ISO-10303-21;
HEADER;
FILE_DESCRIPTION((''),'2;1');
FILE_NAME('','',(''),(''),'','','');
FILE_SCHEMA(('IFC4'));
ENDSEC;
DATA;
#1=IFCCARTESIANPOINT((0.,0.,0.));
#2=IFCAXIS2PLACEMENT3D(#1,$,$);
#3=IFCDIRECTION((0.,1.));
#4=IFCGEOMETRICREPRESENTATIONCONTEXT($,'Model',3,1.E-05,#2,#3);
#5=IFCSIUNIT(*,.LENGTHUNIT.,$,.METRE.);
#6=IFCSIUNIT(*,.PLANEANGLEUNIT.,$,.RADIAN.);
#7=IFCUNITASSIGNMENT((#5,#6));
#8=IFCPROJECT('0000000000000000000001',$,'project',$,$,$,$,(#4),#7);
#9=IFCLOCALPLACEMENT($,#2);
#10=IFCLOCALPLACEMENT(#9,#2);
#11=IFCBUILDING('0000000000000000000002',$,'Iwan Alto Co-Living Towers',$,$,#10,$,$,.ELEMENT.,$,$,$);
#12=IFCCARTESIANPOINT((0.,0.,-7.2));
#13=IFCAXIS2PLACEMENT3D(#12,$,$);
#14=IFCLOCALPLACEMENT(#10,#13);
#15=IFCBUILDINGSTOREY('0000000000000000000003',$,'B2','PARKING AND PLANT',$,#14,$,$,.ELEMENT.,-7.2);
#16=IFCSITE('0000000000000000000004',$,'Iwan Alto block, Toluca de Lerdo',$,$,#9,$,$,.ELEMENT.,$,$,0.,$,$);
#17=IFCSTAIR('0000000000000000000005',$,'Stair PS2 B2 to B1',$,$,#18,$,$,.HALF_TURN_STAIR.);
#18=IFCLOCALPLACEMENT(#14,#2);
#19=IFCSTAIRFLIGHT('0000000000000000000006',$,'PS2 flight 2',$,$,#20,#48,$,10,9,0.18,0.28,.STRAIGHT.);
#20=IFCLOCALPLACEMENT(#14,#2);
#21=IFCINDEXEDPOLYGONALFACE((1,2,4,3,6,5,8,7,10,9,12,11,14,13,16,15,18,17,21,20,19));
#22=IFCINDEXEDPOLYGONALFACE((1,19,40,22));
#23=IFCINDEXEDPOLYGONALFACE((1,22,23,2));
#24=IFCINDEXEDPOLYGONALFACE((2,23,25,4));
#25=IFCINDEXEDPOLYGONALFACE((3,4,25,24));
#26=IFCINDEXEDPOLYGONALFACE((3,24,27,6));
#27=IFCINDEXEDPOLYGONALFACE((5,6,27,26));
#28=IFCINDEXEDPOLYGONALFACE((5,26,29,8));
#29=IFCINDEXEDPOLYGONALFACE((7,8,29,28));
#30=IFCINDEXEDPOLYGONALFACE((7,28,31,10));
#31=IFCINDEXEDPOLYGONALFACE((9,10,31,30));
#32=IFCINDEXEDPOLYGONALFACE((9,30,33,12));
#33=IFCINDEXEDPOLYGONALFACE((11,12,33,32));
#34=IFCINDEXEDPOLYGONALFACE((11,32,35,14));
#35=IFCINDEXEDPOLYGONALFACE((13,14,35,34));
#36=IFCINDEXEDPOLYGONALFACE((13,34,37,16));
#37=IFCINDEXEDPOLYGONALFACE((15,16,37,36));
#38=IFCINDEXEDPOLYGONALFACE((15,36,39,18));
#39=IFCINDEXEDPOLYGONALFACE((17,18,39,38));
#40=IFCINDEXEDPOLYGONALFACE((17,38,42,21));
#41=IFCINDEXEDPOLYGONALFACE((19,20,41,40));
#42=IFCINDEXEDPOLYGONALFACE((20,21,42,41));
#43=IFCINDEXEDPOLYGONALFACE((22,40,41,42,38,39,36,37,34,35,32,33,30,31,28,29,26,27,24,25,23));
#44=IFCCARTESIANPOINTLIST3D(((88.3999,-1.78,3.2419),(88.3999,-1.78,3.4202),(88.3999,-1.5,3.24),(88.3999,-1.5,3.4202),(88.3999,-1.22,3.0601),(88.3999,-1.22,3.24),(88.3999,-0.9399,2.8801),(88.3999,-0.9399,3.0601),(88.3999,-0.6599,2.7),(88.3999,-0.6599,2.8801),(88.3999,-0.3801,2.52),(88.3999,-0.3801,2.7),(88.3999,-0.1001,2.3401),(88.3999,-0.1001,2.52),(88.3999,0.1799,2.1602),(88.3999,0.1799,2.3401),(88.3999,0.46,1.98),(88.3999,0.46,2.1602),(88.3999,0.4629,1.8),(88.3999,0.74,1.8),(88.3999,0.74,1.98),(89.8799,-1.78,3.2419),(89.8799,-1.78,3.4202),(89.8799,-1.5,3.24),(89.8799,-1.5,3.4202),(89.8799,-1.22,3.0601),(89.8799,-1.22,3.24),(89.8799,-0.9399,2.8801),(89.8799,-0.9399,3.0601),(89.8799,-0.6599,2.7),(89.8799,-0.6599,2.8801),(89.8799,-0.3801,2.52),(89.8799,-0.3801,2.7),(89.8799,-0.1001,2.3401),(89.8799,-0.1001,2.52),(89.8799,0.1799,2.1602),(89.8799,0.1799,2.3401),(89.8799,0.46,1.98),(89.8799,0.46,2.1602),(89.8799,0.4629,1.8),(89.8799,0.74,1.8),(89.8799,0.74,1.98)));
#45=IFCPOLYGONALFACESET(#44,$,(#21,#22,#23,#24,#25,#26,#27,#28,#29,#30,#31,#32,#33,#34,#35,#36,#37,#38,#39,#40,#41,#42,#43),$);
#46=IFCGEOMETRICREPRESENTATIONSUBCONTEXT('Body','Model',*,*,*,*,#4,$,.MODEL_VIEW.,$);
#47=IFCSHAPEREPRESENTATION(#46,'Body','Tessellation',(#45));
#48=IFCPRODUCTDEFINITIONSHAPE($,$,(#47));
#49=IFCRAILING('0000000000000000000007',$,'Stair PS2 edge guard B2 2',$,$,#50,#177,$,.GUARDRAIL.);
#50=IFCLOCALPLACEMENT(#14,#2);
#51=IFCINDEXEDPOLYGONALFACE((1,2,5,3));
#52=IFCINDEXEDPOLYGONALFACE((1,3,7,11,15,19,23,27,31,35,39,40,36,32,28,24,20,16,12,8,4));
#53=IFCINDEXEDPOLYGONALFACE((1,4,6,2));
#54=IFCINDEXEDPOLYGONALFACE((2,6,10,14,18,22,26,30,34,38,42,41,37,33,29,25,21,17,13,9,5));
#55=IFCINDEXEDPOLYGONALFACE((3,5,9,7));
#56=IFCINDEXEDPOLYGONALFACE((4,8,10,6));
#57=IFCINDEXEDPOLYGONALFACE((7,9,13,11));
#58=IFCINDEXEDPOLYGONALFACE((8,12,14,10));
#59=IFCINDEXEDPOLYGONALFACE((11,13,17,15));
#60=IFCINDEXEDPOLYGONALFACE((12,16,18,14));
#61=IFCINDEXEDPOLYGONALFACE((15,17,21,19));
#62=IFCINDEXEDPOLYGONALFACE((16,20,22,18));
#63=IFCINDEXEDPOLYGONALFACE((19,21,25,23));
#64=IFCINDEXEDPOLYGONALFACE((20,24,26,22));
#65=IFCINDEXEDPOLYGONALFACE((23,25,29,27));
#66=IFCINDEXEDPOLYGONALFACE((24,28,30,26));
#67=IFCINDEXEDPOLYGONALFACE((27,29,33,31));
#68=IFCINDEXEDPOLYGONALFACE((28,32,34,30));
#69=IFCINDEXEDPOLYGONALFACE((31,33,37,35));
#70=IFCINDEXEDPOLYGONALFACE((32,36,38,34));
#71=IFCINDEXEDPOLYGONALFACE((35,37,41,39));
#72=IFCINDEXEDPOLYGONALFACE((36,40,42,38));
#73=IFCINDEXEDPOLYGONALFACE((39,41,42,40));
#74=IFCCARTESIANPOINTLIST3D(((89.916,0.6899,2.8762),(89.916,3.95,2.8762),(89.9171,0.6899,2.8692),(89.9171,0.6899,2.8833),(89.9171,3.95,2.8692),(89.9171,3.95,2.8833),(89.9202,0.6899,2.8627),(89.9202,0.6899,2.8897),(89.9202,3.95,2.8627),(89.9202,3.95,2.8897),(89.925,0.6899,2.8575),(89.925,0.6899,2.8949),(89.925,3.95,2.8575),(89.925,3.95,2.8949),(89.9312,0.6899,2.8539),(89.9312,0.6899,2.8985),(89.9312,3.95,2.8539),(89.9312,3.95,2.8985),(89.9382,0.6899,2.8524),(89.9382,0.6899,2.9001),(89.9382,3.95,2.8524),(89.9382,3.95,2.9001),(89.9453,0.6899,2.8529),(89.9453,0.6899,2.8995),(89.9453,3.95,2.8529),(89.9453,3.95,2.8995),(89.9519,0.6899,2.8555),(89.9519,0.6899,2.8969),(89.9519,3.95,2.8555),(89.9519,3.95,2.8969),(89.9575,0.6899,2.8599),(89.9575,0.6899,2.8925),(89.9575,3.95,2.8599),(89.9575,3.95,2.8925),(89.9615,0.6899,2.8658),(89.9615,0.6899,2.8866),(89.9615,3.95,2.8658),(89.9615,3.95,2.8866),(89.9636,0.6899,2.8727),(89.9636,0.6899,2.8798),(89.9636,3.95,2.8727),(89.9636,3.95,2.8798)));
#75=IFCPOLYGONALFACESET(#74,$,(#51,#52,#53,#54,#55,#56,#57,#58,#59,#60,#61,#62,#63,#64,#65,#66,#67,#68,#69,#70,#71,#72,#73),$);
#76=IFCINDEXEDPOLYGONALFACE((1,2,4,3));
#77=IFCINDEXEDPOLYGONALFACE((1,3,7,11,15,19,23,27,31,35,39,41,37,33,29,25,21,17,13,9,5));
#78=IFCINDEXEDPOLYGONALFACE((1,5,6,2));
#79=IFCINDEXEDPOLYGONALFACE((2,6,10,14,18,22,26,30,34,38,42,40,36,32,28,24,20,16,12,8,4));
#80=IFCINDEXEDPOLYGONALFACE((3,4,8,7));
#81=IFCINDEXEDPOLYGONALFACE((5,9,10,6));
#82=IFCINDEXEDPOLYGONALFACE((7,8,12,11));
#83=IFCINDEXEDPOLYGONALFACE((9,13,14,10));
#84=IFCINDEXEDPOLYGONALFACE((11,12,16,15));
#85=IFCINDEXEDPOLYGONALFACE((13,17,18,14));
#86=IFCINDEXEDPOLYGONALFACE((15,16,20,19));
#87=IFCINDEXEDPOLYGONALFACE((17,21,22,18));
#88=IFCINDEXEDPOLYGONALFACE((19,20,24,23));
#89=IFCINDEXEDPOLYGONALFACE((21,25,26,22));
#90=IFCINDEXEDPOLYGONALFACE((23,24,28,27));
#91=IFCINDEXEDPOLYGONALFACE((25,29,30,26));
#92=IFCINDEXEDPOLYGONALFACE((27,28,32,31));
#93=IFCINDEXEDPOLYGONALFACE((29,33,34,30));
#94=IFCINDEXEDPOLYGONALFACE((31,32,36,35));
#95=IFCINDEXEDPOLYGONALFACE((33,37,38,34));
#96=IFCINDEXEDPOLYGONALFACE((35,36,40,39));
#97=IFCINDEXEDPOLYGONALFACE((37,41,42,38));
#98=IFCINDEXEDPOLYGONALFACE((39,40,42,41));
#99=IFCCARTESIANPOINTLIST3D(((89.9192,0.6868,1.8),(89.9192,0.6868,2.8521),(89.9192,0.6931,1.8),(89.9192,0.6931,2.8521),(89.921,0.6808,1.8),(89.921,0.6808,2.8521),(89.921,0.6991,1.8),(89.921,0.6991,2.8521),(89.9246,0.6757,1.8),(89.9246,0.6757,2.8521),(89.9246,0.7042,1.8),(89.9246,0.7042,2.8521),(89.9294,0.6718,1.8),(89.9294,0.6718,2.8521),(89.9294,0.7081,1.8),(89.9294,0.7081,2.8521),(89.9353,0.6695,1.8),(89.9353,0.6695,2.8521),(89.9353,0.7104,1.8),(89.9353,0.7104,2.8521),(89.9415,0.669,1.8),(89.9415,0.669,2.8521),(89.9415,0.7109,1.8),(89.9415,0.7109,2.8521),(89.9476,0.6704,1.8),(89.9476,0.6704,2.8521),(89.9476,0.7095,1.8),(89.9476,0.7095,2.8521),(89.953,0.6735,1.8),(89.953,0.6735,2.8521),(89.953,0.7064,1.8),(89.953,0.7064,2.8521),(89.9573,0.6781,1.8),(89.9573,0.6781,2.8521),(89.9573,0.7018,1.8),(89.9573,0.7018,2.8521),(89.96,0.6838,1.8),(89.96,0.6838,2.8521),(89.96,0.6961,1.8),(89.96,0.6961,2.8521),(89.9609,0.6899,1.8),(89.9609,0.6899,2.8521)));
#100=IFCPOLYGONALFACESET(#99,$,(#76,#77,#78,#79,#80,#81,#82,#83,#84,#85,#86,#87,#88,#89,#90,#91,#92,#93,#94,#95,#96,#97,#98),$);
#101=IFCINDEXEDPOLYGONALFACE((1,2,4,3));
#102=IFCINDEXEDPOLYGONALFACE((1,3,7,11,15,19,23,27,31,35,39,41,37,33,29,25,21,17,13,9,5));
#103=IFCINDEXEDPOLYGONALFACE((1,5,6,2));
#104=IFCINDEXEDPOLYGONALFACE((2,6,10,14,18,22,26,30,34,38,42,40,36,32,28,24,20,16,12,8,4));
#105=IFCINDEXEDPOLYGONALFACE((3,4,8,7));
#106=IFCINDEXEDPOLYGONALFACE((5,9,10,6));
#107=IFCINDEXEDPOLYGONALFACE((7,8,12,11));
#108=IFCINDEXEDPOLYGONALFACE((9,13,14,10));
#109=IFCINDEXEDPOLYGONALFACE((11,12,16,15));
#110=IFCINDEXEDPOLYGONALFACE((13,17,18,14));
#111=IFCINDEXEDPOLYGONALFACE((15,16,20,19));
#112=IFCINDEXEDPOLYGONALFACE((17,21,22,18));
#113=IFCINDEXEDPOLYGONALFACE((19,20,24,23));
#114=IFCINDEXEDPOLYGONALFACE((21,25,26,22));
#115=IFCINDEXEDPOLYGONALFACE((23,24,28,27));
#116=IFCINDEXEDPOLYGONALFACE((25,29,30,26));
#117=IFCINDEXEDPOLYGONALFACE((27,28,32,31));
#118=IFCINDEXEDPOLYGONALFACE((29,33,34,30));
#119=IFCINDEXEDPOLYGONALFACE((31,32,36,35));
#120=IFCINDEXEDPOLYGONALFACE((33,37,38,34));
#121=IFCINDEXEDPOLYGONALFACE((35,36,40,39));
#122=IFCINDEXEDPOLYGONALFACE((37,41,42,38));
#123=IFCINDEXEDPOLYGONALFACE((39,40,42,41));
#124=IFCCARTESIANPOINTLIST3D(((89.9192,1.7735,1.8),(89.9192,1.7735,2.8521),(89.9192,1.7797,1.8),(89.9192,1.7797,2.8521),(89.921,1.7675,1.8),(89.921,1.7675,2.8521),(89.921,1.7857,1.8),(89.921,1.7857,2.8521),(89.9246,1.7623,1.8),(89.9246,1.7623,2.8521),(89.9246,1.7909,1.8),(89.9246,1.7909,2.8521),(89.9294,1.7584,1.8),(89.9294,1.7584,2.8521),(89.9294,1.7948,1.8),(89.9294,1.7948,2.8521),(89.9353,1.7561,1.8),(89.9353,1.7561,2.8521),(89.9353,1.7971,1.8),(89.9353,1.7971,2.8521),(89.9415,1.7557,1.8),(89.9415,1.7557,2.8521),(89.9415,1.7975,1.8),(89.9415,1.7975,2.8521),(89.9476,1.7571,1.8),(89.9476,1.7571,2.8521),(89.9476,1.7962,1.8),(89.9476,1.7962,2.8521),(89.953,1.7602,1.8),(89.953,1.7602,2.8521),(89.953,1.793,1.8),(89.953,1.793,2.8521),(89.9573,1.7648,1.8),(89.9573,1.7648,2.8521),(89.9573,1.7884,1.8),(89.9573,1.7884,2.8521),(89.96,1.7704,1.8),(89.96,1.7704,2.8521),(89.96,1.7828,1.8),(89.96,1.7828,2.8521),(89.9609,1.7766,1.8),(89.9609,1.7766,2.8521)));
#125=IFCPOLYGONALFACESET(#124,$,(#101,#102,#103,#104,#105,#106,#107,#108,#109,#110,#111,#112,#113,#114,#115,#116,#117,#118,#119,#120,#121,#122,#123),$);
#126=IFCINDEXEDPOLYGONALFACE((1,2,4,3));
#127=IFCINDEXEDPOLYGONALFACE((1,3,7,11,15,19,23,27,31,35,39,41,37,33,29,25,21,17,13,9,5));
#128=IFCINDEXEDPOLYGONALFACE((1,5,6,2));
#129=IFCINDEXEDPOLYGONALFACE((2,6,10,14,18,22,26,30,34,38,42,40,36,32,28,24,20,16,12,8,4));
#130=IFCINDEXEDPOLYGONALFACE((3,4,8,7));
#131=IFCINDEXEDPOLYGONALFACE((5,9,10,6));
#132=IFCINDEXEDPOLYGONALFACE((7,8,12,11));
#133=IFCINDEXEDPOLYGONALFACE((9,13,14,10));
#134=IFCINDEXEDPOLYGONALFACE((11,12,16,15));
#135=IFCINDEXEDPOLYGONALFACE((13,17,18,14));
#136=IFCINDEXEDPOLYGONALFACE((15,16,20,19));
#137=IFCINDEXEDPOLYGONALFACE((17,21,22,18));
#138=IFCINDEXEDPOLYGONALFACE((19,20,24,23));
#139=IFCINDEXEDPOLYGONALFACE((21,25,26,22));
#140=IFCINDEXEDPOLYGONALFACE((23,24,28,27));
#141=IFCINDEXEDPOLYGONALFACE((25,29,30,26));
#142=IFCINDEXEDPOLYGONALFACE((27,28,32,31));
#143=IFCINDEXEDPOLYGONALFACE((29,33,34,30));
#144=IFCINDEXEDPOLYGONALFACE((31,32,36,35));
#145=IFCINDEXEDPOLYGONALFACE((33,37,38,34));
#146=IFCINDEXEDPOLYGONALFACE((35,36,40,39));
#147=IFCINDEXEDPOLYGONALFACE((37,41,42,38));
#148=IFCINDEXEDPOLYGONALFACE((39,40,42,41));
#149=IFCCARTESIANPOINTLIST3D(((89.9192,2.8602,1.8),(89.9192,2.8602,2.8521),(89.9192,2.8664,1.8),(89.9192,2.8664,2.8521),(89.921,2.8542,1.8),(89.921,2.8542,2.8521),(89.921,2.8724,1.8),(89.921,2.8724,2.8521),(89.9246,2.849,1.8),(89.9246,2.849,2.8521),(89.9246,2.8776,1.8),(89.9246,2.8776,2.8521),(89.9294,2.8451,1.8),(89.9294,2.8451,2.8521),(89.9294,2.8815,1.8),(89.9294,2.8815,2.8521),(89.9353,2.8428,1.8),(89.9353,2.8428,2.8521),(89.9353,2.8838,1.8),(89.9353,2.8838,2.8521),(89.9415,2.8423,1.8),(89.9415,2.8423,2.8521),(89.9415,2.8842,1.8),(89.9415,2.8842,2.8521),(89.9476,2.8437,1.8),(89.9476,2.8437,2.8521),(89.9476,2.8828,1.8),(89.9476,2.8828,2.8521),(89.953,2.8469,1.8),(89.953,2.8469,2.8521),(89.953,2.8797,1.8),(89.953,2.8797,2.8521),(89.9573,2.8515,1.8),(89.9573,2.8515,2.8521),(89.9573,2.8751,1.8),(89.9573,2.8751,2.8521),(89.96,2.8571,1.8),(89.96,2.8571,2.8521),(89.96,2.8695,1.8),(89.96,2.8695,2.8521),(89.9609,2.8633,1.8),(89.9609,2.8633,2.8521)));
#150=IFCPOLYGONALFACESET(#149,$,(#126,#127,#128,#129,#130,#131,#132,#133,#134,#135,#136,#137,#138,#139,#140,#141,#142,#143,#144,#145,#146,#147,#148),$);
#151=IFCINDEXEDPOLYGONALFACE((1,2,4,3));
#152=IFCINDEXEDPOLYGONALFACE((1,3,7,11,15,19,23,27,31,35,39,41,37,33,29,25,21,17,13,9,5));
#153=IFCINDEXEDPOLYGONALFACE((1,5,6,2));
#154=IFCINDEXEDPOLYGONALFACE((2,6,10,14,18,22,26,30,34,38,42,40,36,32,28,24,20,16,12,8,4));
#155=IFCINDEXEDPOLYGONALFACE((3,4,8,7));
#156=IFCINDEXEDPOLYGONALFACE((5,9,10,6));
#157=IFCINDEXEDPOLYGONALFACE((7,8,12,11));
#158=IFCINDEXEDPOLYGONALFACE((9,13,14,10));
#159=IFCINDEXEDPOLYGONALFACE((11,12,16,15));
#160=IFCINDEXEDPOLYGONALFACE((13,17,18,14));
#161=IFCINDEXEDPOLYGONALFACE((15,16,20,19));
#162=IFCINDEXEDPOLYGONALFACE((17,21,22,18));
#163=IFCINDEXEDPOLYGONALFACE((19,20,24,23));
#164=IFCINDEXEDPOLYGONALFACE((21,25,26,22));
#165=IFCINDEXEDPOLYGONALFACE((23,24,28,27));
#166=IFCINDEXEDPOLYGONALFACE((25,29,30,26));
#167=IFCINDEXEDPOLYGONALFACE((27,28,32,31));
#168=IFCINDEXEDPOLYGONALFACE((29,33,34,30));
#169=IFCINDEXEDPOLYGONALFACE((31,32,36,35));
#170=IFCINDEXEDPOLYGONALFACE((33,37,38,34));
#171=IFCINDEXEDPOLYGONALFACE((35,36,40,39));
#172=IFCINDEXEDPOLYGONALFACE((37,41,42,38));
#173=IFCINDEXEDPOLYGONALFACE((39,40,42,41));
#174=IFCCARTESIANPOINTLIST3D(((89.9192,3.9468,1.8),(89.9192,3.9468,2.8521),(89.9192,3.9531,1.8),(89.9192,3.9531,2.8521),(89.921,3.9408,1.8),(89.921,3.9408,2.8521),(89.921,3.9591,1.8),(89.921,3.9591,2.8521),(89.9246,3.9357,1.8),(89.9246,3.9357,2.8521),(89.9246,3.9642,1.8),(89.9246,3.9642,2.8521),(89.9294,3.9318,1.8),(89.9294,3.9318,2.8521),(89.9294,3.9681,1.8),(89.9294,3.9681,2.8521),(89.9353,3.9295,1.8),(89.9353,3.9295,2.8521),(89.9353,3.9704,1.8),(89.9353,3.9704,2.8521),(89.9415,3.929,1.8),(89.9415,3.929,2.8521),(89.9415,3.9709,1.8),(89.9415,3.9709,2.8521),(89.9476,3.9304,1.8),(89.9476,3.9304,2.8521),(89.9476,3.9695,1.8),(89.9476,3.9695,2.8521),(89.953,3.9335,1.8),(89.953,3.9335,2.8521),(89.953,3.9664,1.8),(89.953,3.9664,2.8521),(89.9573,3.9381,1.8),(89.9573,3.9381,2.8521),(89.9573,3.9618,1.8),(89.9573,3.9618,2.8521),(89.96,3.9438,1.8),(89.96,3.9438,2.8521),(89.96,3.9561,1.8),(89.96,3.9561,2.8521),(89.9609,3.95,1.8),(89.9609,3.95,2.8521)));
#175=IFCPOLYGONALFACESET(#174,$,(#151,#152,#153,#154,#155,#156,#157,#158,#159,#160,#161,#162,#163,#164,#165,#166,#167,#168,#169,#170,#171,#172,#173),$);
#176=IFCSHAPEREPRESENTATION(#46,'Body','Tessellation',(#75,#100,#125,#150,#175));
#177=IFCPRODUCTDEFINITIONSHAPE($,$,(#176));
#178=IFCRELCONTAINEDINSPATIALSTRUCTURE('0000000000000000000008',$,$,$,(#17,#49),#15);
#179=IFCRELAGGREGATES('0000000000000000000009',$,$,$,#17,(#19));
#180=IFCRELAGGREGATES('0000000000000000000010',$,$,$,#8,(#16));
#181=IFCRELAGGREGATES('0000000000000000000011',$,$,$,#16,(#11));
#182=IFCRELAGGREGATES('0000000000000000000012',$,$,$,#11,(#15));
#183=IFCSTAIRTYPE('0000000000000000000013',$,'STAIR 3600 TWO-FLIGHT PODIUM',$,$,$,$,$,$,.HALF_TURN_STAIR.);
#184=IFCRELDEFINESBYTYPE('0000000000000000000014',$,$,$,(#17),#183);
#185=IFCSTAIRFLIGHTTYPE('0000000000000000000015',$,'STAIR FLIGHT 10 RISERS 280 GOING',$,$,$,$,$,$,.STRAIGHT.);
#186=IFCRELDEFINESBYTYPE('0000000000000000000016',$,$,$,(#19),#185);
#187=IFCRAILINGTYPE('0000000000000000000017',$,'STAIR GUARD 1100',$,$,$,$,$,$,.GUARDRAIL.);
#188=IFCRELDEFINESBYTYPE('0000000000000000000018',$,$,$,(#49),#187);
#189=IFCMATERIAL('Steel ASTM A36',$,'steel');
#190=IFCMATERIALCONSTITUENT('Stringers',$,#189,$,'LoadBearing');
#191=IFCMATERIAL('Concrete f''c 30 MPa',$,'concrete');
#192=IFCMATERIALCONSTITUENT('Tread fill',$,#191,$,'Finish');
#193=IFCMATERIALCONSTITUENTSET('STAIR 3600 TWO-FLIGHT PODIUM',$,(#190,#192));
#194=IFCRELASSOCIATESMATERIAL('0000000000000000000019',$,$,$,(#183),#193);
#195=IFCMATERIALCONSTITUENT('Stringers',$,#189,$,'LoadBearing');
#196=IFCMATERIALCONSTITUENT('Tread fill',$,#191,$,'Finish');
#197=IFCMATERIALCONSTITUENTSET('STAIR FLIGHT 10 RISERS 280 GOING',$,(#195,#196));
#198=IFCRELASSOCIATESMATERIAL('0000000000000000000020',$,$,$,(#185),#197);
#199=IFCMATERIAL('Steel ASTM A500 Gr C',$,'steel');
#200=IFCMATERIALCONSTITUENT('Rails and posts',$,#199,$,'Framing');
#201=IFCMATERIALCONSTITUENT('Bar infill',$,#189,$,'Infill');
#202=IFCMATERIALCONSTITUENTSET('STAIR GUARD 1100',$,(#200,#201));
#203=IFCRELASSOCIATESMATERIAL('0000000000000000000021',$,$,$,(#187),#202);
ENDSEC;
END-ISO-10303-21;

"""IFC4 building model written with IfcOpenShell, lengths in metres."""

from ifc_helpers import new_model, si_unit, direction, frame, origin, origin_2d, place, context, subcontext, project, spatial, polyline, circle, outline, extrude, material, constituent, constituent_set, type_object, element, aggregate, save


model = new_model("IFC4")

# Units and contexts
model_context = context("Model", 3, precision=1e-05, world=origin(), true_north=direction((0.0, 1.0)))
body_context = subcontext(model_context, "Body", "Model", "MODEL_VIEW")
ifc_project = project(units=[si_unit("LENGTHUNIT", "METRE"), si_unit("PLANEANGLEUNIT", "RADIAN")], contexts=[model_context])

# Site, building, storey
site_placement = place(None, origin())
site = spatial("IfcSite", under=ifc_project, at=site_placement, Name="Iwan Alto block, Toluca de Lerdo", CompositionType="ELEMENT", RefElevation=0.0)
building_placement = place(site_placement, origin())
building = spatial("IfcBuilding", under=site, at=building_placement, Name="Iwan Alto Co-Living Towers", CompositionType="ELEMENT")
storey_placement = place(building_placement, frame((0.0, 0.0, -7.2)))
storey = spatial("IfcBuildingStorey", under=building, at=storey_placement, Name="B2", Description="PARKING AND PLANT", CompositionType="ELEMENT", Elevation=-7.2)

# Stair, stair flight
ifc_material_1 = material(Name="Steel ASTM A36", Category="steel")
ifc_constituent_1 = constituent(ifc_material_1, Name="Stringers", Category="LoadBearing")
ifc_material_2 = material(Name="Concrete f'c 30 MPa", Category="concrete")
ifc_constituent_2 = constituent(ifc_material_2, Name="Tread fill", Category="Finish")
ifc_constituent_set_1 = constituent_set(constituents=[ifc_constituent_1, ifc_constituent_2], Name="STAIR 3600 TWO-FLIGHT PODIUM")
stair_type = type_object("IfcStairType", Name="STAIR 3600 TWO-FLIGHT PODIUM", PredefinedType="HALF_TURN_STAIR", material=ifc_constituent_set_1)
stair_placement = place(storey_placement, origin())
stair = element("IfcStair", 1, at=stair_placement, inside=storey, type_object=stair_type, Name="Stair PS2 B2 to B1", PredefinedType="HALF_TURN_STAIR")
ifc_constituent_3 = constituent(ifc_material_1, Name="Stringers", Category="LoadBearing")
ifc_constituent_4 = constituent(ifc_material_2, Name="Tread fill", Category="Finish")
ifc_constituent_set_2 = constituent_set(constituents=[ifc_constituent_3, ifc_constituent_4], Name="STAIR FLIGHT 10 RISERS 280 GOING")
stair_flight_type = type_object("IfcStairFlightType", Name="STAIR FLIGHT 10 RISERS 280 GOING", PredefinedType="STRAIGHT", material=ifc_constituent_set_2)
stair_flight_1_placement = place(storey_placement, frame((89.1399, 0.74, 1.8), z_axis=(0.0, 0.0, 1.0), x_axis=(0.0, -1.0, 0.0)))
stair_flight_1 = element("IfcStairFlight", 2, at=stair_flight_1_placement, type_object=stair_flight_type, Name="PS2 flight 2", NumberOfRisers=10, NumberOfTreads=9, PredefinedType="STRAIGHT", RiserHeight=0.18, TreadLength=0.28, context=body_context, shape_type="SweptSolid", body=[
    extrude(outline(polyline([(0.0, 0.0), (0.0, 0.1799), (0.28, 0.1799), (0.28, 0.3601), (0.5601, 0.3601), (0.5601, 0.54), (0.8401, 0.54), (0.8401, 0.72), (1.1201, 0.72), (1.1201, 0.8999), (1.3999, 0.8999), (1.3999, 1.0801), (1.6799, 1.0801), (1.6799, 1.26), (1.96, 1.26), (1.96, 1.4399), (2.24, 1.4399), (2.24, 1.6201), (2.52, 1.6201), (2.52, 1.8), (2.52, 1.4419), (0.2771, 0.0), (0.0, 0.0)])), frame((0.0, 0.74, 0.0), z_axis=(0.0, -1.0, 0.0), x_axis=(1.0, 0.0, 0.0)), (0.0, 0.0, 1.0), 1.48),
])
aggregate(stair, [stair_flight_1])

# Railing
ifc_material_3 = material(Name="Steel ASTM A500 Gr C", Category="steel")
ifc_constituent_5 = constituent(ifc_material_3, Name="Rails and posts", Category="Framing")
ifc_constituent_6 = constituent(ifc_material_1, Name="Bar infill", Category="Infill")
ifc_constituent_set_3 = constituent_set(constituents=[ifc_constituent_5, ifc_constituent_6], Name="STAIR GUARD 1100")
railing_type_1 = type_object("IfcRailingType", Name="STAIR GUARD 1100", PredefinedType="GUARDRAIL", material=ifc_constituent_set_3)
railing_1_placement = place(storey_placement, frame((89.9399, 0.6899, 1.8)))
element("IfcRailing", 3, at=railing_1_placement, inside=storey, type_object=railing_type_1, Name="Stair PS2 edge guard B2 2", PredefinedType="GUARDRAIL", context=body_context, shape_type="SweptSolid", body=[
    extrude(circle(Radius=0.0239, at=origin_2d()), frame((0.0, 0.0, 1.0762), z_axis=(0.0, 1.0, 0.0), x_axis=(-1.0, 0.0, 0.0)), (0.0, 0.0, 1.0), 3.26),
    extrude(circle(Radius=0.021, at=origin_2d()), origin(), (0.0, 0.0, 1.0), 1.052),
    extrude(circle(Radius=0.021, at=origin_2d()), frame((0.0, 1.0867, 0.0)), (0.0, 0.0, 1.0), 1.052),
    extrude(circle(Radius=0.021, at=origin_2d()), frame((0.0, 2.1733, 0.0)), (0.0, 0.0, 1.0), 1.052),
    extrude(circle(Radius=0.021, at=origin_2d()), frame((0.0, 3.26, 0.0)), (0.0, 0.0, 1.0), 1.052),
])

save(model, "model.ifc")
